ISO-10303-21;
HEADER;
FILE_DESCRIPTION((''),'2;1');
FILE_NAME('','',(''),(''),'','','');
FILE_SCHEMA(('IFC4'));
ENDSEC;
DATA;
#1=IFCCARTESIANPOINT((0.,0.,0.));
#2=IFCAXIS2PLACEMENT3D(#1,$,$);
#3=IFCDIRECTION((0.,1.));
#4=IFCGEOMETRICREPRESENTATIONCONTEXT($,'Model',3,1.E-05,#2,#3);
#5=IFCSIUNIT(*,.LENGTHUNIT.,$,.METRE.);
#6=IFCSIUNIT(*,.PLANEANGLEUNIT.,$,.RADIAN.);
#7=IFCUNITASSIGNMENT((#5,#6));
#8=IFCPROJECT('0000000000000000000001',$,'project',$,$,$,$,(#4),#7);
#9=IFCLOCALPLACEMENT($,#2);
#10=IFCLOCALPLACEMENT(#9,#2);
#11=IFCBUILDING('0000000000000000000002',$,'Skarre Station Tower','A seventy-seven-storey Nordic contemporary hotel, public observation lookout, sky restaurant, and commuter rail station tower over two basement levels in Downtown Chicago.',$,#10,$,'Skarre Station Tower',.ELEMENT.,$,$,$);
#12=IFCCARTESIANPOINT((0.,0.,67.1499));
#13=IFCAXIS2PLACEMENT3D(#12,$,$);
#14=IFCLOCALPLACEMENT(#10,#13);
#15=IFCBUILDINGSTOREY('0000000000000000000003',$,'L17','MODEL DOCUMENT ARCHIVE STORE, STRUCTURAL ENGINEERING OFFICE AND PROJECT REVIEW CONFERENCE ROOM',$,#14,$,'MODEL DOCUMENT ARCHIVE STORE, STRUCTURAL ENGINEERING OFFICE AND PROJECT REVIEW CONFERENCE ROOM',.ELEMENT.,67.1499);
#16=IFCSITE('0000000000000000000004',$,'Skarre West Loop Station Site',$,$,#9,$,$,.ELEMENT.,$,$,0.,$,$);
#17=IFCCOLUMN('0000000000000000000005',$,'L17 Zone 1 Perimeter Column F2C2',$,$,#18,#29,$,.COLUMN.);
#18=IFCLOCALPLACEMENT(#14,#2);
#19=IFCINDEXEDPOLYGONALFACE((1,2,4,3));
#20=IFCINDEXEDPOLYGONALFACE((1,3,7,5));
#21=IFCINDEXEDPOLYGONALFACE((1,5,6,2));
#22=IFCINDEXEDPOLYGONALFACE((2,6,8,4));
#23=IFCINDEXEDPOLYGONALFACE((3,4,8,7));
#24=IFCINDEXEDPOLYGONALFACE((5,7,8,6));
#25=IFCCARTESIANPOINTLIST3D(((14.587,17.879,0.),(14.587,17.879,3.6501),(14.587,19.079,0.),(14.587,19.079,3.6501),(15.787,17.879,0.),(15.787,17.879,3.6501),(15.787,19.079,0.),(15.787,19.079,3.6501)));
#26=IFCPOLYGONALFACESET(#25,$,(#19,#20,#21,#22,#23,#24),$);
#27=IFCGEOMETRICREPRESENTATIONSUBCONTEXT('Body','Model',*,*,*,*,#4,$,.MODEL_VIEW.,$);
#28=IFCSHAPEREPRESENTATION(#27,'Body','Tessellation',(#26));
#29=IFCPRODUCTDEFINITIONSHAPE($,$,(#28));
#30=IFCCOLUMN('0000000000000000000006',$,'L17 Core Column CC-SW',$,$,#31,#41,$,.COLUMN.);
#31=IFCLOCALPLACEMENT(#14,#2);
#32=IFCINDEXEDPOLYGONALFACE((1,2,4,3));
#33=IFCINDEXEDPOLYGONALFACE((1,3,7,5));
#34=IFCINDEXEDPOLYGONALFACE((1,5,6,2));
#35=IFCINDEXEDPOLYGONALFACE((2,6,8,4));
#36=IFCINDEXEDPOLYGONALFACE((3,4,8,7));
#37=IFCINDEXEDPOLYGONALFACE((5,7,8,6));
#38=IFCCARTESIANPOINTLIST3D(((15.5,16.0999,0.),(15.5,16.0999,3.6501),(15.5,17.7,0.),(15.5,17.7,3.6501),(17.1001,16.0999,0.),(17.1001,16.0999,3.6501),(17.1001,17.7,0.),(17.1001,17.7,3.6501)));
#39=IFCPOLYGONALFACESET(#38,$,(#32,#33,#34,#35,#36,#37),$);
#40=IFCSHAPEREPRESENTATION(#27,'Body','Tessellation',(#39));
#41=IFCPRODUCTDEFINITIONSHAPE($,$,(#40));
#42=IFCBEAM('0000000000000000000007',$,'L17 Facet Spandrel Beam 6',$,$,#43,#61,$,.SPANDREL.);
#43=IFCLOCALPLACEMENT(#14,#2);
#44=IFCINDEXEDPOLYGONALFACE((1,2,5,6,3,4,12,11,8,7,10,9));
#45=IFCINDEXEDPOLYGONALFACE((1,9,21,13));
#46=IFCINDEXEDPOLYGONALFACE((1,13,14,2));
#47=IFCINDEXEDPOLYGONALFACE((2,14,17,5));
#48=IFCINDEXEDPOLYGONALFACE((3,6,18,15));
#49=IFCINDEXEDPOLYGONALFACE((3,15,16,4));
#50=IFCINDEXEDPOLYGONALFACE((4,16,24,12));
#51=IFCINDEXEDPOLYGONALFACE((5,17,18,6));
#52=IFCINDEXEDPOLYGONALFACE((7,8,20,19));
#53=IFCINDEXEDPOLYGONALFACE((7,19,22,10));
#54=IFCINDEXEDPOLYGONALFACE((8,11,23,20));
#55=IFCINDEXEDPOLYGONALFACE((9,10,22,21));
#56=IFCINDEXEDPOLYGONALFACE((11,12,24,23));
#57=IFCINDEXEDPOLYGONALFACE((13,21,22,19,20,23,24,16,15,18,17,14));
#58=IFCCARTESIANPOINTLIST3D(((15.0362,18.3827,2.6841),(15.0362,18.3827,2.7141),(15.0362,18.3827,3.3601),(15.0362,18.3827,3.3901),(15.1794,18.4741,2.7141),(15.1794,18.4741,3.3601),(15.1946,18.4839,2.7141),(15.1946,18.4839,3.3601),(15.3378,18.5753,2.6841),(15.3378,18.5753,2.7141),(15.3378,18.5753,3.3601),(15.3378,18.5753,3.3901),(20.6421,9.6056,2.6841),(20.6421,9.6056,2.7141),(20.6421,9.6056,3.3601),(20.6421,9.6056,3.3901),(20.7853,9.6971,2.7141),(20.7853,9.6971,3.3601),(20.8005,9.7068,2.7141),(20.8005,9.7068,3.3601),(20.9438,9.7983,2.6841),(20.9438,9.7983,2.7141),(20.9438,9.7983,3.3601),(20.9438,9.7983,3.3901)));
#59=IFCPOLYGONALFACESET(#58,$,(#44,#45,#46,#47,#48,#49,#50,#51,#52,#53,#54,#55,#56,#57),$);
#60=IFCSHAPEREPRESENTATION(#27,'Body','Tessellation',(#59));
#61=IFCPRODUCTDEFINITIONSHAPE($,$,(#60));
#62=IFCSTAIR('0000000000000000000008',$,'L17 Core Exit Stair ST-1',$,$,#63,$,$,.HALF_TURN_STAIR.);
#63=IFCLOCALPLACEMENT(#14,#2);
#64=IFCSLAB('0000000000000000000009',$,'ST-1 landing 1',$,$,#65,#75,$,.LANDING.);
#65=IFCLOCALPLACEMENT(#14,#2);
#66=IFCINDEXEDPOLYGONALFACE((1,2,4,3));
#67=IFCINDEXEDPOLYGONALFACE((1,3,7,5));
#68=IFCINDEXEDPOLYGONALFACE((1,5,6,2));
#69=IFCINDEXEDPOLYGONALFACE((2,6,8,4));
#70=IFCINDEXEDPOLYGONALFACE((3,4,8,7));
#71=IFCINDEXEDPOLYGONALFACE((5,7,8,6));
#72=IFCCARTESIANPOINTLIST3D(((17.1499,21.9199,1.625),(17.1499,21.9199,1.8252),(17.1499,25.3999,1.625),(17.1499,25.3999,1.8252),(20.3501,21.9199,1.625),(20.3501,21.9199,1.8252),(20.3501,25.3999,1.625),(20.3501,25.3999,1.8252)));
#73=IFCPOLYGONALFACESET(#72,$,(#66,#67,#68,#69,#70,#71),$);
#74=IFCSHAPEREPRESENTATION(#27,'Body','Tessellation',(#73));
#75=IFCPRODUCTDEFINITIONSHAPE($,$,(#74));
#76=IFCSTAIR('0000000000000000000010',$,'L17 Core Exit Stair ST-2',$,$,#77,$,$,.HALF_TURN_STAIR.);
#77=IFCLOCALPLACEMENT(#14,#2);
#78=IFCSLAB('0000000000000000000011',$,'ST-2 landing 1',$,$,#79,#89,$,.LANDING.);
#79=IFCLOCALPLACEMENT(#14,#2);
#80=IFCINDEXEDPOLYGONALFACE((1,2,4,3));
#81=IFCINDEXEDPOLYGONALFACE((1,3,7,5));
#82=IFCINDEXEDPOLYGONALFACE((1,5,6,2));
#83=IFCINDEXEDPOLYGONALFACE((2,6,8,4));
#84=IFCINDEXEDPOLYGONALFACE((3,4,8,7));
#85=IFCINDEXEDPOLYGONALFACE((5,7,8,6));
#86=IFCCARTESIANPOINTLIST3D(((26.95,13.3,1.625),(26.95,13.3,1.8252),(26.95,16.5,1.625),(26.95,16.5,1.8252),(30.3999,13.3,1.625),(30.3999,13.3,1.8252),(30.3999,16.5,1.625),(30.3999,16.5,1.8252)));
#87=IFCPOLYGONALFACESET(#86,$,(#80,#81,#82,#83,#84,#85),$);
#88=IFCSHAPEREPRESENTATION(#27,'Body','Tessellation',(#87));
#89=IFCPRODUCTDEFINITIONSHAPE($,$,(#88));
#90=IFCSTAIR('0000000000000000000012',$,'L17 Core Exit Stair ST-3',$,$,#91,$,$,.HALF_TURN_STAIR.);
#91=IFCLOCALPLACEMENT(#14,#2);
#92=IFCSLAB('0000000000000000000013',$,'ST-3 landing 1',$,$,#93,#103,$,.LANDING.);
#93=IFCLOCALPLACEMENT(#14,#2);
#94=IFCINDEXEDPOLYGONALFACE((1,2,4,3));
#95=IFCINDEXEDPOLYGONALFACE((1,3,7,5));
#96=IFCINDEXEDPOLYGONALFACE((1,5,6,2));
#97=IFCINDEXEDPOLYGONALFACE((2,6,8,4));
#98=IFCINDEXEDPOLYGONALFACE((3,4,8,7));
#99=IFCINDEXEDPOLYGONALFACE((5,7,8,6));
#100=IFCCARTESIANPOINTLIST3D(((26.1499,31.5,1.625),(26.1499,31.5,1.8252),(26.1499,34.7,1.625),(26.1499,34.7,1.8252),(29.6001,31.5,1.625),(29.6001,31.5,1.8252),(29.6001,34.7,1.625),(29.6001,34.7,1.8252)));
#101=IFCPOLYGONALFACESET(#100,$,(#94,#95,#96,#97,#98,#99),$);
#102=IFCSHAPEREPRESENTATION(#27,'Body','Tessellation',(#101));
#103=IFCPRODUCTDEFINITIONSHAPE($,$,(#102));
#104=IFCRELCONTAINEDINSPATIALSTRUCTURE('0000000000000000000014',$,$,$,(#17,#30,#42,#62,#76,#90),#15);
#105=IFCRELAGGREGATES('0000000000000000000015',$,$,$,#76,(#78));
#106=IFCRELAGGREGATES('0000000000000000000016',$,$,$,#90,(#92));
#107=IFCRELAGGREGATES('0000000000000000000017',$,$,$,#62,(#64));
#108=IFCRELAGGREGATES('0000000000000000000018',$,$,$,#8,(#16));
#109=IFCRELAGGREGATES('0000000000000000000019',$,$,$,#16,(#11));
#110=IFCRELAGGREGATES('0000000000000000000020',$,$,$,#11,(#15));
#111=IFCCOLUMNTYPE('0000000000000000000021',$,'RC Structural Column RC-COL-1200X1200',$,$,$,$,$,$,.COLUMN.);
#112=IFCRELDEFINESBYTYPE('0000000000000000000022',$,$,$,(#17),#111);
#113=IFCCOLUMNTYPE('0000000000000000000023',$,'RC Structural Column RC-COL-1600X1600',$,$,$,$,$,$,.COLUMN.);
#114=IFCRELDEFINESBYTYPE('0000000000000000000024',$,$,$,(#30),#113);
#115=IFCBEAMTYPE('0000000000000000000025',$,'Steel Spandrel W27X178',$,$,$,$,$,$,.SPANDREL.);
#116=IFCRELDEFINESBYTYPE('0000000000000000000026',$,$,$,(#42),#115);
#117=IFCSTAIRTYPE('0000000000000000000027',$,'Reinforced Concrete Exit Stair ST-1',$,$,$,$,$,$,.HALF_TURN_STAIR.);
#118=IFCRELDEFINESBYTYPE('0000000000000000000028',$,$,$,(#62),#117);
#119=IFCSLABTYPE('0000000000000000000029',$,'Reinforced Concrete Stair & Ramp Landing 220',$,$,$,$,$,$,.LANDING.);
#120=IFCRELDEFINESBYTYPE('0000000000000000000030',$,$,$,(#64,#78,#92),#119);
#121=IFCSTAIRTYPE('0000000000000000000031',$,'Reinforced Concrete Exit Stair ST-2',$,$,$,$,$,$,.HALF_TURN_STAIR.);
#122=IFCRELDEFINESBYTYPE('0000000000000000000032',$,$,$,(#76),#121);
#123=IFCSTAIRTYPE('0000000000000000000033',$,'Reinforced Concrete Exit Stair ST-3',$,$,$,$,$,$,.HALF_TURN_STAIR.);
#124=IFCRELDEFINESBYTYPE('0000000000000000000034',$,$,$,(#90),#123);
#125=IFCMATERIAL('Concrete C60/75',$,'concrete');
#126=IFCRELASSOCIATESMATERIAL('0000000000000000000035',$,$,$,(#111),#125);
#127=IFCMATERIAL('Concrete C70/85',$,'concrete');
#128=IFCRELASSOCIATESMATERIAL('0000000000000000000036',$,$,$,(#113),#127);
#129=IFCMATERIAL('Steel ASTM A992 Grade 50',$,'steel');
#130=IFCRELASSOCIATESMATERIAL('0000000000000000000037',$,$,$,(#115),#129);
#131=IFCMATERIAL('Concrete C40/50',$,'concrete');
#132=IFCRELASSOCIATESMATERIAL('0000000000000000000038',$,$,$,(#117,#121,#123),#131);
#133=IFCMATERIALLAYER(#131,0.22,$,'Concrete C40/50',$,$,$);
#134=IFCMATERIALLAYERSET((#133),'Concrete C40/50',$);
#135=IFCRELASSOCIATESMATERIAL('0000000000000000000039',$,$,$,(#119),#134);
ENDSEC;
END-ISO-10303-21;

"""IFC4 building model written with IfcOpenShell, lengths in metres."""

from ifc_helpers import new_model, si_unit, direction, frame, origin, origin_2d, place, context, subcontext, project, spatial, polyline, rectangle, i_section, outline, extrude, material, layer, layer_set, material_profile, profile_set, type_object, element, aggregate, save


model = new_model("IFC4")

# Units and contexts
model_context = context("Model", 3, precision=1e-05, world=origin(), true_north=direction((0.0, 1.0)))
body_context = subcontext(model_context, "Body", "Model", "MODEL_VIEW")
ifc_project = project(units=[si_unit("LENGTHUNIT", "METRE"), si_unit("PLANEANGLEUNIT", "RADIAN")], contexts=[model_context])

# Site, building, storey
site_placement = place(None, origin())
site = spatial("IfcSite", under=ifc_project, at=site_placement, Name="Skarre West Loop Station Site", CompositionType="ELEMENT", RefElevation=0.0)
building_placement = place(site_placement, origin())
building = spatial("IfcBuilding", under=site, at=building_placement, Name="Skarre Station Tower", Description="A seventy-seven-storey Nordic contemporary hotel, public observation lookout, sky restaurant, and commuter rail station tower over two basement levels in Downtown Chicago.", LongName="Skarre Station Tower", CompositionType="ELEMENT")
storey_placement = place(building_placement, frame((0.0, 0.0, 67.1499)))
storey = spatial("IfcBuildingStorey", under=building, at=storey_placement, Name="L17", Description="MODEL DOCUMENT ARCHIVE STORE, STRUCTURAL ENGINEERING OFFICE AND PROJECT REVIEW CONFERENCE ROOM", LongName="MODEL DOCUMENT ARCHIVE STORE, STRUCTURAL ENGINEERING OFFICE AND PROJECT REVIEW CONFERENCE ROOM", CompositionType="ELEMENT", Elevation=67.1499)

# Columns
ifc_material_1 = material(Name="Concrete C60/75", Category="concrete")
ifc_material_profile_1 = material_profile(ifc_material_1, rectangle(XDim=1.2, YDim=1.2, at=origin_2d()), Name="Concrete C60/75")
ifc_profile_set_1 = profile_set([ifc_material_profile_1], Name="Concrete C60/75")
column_type_1 = type_object("IfcColumnType", Name="RC Structural Column RC-COL-1200X1200", PredefinedType="COLUMN", material=ifc_profile_set_1)
column_1_placement = place(storey_placement, frame((15.187, 18.479, 0.0), z_axis=(0.0, 0.0, 1.0), x_axis=(1.0, 0.0, 0.0)))
element("IfcColumn", 1, at=column_1_placement, inside=storey, type_object=column_type_1, Name="L17 Zone 1 Perimeter Column F2C2", PredefinedType="COLUMN", context=body_context, shape_type="SweptSolid", body=[
    extrude(rectangle(XDim=1.2, YDim=1.2, at=origin_2d()), origin(), (0.0, 0.0, 1.0), 3.6501),
])
ifc_material_2 = material(Name="Concrete C70/85", Category="concrete")
ifc_material_profile_2 = material_profile(ifc_material_2, rectangle(XDim=1.6001, YDim=1.6001, at=origin_2d()), Name="Concrete C70/85")
ifc_profile_set_2 = profile_set([ifc_material_profile_2], Name="Concrete C70/85")
column_type_2 = type_object("IfcColumnType", Name="RC Structural Column RC-COL-1600X1600", PredefinedType="COLUMN", material=ifc_profile_set_2)
column_2_placement = place(storey_placement, frame((16.3, 16.8999, 0.0), z_axis=(0.0, 0.0, 1.0), x_axis=(1.0, 0.0, 0.0)))
element("IfcColumn", 2, at=column_2_placement, inside=storey, type_object=column_type_2, Name="L17 Core Column CC-SW", PredefinedType="COLUMN", context=body_context, shape_type="SweptSolid", body=[
    extrude(rectangle(XDim=1.6001, YDim=1.6001, at=origin_2d()), origin(), (0.0, 0.0, 1.0), 3.6501),
])

# Beam
ifc_material_3 = material(Name="Steel ASTM A992 Grade 50", Category="steel")
ifc_material_profile_3 = material_profile(ifc_material_3, i_section(OverallWidth=0.3579, OverallDepth=0.7061, WebThickness=0.0181, FlangeThickness=0.03, at=origin_2d()), Name="Steel ASTM A992 Grade 50")
ifc_profile_set_3 = profile_set([ifc_material_profile_3], Name="Steel ASTM A992 Grade 50")
beam_type = type_object("IfcBeamType", Name="Steel Spandrel W27X178", PredefinedType="SPANDREL", material=ifc_profile_set_3)
beam_placement = place(storey_placement, frame((15.187, 18.479, 3.0371), z_axis=(0.538278, -0.842767, 0.0), x_axis=(0.842767, 0.538278, 0.0)))
element("IfcBeam", 3, at=beam_placement, inside=storey, type_object=beam_type, Name="L17 Facet Spandrel Beam 6", PredefinedType="SPANDREL", context=body_context, shape_type="SweptSolid", body=[
    extrude(i_section(OverallWidth=0.3579, OverallDepth=0.7061, WebThickness=0.0181, FlangeThickness=0.03, at=origin_2d()), origin(), (0.0, 0.0, 1.0), 10.4146),
])

# Stairs, slabs
ifc_material_4 = material(Name="Concrete C40/50", Category="concrete")
stair_type_1 = type_object("IfcStairType", Name="Reinforced Concrete Exit Stair ST-1", PredefinedType="HALF_TURN_STAIR", material=ifc_material_4)
stair_1_placement = place(storey_placement, origin())
stair_1 = element("IfcStair", 4, at=stair_1_placement, inside=storey, type_object=stair_type_1, Name="L17 Core Exit Stair ST-1", PredefinedType="HALF_TURN_STAIR")
ifc_layer_1 = layer(ifc_material_4, 0.22, Name="Concrete C40/50")
ifc_layer_set_1 = layer_set([ifc_layer_1], Name="Concrete C40/50")
slab_type_1 = type_object("IfcSlabType", Name="Reinforced Concrete Stair & Ramp Landing 220", PredefinedType="LANDING", material=ifc_layer_set_1)
slab_1_placement = place(storey_placement, frame((0.0, 0.0, 1.625)))
slab_1 = element("IfcSlab", 5, at=slab_1_placement, type_object=slab_type_1, Name="ST-1 landing 1", PredefinedType="LANDING", context=body_context, shape_type="SweptSolid", body=[
    extrude(outline(polyline([(20.3501, 21.9199), (20.3501, 25.3999), (17.1499, 25.3999), (17.1499, 21.9199), (20.3501, 21.9199)])), origin(), (0.0, 0.0, 1.0), 0.2002),
])
stair_type_2 = type_object("IfcStairType", Name="Reinforced Concrete Exit Stair ST-2", PredefinedType="HALF_TURN_STAIR", material=ifc_material_4)
stair_2_placement = place(storey_placement, origin())
stair_2 = element("IfcStair", 6, at=stair_2_placement, inside=storey, type_object=stair_type_2, Name="L17 Core Exit Stair ST-2", PredefinedType="HALF_TURN_STAIR")
slab_2_placement = place(storey_placement, frame((0.0, 0.0, 1.625)))
slab_2 = element("IfcSlab", 7, at=slab_2_placement, type_object=slab_type_1, Name="ST-2 landing 1", PredefinedType="LANDING", context=body_context, shape_type="SweptSolid", body=[
    extrude(outline(polyline([(26.95, 13.3), (30.3999, 13.3), (30.3999, 16.5), (26.95, 16.5), (26.95, 13.3)])), origin(), (0.0, 0.0, 1.0), 0.2002),
])
aggregate(stair_2, [slab_2])
stair_type_3 = type_object("IfcStairType", Name="Reinforced Concrete Exit Stair ST-3", PredefinedType="HALF_TURN_STAIR", material=ifc_material_4)
stair_3_placement = place(storey_placement, origin())
stair_3 = element("IfcStair", 8, at=stair_3_placement, inside=storey, type_object=stair_type_3, Name="L17 Core Exit Stair ST-3", PredefinedType="HALF_TURN_STAIR")
slab_3_placement = place(storey_placement, frame((0.0, 0.0, 1.625)))
slab_3 = element("IfcSlab", 9, at=slab_3_placement, type_object=slab_type_1, Name="ST-3 landing 1", PredefinedType="LANDING", context=body_context, shape_type="SweptSolid", body=[
    extrude(outline(polyline([(26.1499, 31.5), (29.6001, 31.5), (29.6001, 34.7), (26.1499, 34.7), (26.1499, 31.5)])), origin(), (0.0, 0.0, 1.0), 0.2002),
])
aggregate(stair_3, [slab_3])

aggregate(stair_1, [slab_1])

save(model, "model.ifc")
